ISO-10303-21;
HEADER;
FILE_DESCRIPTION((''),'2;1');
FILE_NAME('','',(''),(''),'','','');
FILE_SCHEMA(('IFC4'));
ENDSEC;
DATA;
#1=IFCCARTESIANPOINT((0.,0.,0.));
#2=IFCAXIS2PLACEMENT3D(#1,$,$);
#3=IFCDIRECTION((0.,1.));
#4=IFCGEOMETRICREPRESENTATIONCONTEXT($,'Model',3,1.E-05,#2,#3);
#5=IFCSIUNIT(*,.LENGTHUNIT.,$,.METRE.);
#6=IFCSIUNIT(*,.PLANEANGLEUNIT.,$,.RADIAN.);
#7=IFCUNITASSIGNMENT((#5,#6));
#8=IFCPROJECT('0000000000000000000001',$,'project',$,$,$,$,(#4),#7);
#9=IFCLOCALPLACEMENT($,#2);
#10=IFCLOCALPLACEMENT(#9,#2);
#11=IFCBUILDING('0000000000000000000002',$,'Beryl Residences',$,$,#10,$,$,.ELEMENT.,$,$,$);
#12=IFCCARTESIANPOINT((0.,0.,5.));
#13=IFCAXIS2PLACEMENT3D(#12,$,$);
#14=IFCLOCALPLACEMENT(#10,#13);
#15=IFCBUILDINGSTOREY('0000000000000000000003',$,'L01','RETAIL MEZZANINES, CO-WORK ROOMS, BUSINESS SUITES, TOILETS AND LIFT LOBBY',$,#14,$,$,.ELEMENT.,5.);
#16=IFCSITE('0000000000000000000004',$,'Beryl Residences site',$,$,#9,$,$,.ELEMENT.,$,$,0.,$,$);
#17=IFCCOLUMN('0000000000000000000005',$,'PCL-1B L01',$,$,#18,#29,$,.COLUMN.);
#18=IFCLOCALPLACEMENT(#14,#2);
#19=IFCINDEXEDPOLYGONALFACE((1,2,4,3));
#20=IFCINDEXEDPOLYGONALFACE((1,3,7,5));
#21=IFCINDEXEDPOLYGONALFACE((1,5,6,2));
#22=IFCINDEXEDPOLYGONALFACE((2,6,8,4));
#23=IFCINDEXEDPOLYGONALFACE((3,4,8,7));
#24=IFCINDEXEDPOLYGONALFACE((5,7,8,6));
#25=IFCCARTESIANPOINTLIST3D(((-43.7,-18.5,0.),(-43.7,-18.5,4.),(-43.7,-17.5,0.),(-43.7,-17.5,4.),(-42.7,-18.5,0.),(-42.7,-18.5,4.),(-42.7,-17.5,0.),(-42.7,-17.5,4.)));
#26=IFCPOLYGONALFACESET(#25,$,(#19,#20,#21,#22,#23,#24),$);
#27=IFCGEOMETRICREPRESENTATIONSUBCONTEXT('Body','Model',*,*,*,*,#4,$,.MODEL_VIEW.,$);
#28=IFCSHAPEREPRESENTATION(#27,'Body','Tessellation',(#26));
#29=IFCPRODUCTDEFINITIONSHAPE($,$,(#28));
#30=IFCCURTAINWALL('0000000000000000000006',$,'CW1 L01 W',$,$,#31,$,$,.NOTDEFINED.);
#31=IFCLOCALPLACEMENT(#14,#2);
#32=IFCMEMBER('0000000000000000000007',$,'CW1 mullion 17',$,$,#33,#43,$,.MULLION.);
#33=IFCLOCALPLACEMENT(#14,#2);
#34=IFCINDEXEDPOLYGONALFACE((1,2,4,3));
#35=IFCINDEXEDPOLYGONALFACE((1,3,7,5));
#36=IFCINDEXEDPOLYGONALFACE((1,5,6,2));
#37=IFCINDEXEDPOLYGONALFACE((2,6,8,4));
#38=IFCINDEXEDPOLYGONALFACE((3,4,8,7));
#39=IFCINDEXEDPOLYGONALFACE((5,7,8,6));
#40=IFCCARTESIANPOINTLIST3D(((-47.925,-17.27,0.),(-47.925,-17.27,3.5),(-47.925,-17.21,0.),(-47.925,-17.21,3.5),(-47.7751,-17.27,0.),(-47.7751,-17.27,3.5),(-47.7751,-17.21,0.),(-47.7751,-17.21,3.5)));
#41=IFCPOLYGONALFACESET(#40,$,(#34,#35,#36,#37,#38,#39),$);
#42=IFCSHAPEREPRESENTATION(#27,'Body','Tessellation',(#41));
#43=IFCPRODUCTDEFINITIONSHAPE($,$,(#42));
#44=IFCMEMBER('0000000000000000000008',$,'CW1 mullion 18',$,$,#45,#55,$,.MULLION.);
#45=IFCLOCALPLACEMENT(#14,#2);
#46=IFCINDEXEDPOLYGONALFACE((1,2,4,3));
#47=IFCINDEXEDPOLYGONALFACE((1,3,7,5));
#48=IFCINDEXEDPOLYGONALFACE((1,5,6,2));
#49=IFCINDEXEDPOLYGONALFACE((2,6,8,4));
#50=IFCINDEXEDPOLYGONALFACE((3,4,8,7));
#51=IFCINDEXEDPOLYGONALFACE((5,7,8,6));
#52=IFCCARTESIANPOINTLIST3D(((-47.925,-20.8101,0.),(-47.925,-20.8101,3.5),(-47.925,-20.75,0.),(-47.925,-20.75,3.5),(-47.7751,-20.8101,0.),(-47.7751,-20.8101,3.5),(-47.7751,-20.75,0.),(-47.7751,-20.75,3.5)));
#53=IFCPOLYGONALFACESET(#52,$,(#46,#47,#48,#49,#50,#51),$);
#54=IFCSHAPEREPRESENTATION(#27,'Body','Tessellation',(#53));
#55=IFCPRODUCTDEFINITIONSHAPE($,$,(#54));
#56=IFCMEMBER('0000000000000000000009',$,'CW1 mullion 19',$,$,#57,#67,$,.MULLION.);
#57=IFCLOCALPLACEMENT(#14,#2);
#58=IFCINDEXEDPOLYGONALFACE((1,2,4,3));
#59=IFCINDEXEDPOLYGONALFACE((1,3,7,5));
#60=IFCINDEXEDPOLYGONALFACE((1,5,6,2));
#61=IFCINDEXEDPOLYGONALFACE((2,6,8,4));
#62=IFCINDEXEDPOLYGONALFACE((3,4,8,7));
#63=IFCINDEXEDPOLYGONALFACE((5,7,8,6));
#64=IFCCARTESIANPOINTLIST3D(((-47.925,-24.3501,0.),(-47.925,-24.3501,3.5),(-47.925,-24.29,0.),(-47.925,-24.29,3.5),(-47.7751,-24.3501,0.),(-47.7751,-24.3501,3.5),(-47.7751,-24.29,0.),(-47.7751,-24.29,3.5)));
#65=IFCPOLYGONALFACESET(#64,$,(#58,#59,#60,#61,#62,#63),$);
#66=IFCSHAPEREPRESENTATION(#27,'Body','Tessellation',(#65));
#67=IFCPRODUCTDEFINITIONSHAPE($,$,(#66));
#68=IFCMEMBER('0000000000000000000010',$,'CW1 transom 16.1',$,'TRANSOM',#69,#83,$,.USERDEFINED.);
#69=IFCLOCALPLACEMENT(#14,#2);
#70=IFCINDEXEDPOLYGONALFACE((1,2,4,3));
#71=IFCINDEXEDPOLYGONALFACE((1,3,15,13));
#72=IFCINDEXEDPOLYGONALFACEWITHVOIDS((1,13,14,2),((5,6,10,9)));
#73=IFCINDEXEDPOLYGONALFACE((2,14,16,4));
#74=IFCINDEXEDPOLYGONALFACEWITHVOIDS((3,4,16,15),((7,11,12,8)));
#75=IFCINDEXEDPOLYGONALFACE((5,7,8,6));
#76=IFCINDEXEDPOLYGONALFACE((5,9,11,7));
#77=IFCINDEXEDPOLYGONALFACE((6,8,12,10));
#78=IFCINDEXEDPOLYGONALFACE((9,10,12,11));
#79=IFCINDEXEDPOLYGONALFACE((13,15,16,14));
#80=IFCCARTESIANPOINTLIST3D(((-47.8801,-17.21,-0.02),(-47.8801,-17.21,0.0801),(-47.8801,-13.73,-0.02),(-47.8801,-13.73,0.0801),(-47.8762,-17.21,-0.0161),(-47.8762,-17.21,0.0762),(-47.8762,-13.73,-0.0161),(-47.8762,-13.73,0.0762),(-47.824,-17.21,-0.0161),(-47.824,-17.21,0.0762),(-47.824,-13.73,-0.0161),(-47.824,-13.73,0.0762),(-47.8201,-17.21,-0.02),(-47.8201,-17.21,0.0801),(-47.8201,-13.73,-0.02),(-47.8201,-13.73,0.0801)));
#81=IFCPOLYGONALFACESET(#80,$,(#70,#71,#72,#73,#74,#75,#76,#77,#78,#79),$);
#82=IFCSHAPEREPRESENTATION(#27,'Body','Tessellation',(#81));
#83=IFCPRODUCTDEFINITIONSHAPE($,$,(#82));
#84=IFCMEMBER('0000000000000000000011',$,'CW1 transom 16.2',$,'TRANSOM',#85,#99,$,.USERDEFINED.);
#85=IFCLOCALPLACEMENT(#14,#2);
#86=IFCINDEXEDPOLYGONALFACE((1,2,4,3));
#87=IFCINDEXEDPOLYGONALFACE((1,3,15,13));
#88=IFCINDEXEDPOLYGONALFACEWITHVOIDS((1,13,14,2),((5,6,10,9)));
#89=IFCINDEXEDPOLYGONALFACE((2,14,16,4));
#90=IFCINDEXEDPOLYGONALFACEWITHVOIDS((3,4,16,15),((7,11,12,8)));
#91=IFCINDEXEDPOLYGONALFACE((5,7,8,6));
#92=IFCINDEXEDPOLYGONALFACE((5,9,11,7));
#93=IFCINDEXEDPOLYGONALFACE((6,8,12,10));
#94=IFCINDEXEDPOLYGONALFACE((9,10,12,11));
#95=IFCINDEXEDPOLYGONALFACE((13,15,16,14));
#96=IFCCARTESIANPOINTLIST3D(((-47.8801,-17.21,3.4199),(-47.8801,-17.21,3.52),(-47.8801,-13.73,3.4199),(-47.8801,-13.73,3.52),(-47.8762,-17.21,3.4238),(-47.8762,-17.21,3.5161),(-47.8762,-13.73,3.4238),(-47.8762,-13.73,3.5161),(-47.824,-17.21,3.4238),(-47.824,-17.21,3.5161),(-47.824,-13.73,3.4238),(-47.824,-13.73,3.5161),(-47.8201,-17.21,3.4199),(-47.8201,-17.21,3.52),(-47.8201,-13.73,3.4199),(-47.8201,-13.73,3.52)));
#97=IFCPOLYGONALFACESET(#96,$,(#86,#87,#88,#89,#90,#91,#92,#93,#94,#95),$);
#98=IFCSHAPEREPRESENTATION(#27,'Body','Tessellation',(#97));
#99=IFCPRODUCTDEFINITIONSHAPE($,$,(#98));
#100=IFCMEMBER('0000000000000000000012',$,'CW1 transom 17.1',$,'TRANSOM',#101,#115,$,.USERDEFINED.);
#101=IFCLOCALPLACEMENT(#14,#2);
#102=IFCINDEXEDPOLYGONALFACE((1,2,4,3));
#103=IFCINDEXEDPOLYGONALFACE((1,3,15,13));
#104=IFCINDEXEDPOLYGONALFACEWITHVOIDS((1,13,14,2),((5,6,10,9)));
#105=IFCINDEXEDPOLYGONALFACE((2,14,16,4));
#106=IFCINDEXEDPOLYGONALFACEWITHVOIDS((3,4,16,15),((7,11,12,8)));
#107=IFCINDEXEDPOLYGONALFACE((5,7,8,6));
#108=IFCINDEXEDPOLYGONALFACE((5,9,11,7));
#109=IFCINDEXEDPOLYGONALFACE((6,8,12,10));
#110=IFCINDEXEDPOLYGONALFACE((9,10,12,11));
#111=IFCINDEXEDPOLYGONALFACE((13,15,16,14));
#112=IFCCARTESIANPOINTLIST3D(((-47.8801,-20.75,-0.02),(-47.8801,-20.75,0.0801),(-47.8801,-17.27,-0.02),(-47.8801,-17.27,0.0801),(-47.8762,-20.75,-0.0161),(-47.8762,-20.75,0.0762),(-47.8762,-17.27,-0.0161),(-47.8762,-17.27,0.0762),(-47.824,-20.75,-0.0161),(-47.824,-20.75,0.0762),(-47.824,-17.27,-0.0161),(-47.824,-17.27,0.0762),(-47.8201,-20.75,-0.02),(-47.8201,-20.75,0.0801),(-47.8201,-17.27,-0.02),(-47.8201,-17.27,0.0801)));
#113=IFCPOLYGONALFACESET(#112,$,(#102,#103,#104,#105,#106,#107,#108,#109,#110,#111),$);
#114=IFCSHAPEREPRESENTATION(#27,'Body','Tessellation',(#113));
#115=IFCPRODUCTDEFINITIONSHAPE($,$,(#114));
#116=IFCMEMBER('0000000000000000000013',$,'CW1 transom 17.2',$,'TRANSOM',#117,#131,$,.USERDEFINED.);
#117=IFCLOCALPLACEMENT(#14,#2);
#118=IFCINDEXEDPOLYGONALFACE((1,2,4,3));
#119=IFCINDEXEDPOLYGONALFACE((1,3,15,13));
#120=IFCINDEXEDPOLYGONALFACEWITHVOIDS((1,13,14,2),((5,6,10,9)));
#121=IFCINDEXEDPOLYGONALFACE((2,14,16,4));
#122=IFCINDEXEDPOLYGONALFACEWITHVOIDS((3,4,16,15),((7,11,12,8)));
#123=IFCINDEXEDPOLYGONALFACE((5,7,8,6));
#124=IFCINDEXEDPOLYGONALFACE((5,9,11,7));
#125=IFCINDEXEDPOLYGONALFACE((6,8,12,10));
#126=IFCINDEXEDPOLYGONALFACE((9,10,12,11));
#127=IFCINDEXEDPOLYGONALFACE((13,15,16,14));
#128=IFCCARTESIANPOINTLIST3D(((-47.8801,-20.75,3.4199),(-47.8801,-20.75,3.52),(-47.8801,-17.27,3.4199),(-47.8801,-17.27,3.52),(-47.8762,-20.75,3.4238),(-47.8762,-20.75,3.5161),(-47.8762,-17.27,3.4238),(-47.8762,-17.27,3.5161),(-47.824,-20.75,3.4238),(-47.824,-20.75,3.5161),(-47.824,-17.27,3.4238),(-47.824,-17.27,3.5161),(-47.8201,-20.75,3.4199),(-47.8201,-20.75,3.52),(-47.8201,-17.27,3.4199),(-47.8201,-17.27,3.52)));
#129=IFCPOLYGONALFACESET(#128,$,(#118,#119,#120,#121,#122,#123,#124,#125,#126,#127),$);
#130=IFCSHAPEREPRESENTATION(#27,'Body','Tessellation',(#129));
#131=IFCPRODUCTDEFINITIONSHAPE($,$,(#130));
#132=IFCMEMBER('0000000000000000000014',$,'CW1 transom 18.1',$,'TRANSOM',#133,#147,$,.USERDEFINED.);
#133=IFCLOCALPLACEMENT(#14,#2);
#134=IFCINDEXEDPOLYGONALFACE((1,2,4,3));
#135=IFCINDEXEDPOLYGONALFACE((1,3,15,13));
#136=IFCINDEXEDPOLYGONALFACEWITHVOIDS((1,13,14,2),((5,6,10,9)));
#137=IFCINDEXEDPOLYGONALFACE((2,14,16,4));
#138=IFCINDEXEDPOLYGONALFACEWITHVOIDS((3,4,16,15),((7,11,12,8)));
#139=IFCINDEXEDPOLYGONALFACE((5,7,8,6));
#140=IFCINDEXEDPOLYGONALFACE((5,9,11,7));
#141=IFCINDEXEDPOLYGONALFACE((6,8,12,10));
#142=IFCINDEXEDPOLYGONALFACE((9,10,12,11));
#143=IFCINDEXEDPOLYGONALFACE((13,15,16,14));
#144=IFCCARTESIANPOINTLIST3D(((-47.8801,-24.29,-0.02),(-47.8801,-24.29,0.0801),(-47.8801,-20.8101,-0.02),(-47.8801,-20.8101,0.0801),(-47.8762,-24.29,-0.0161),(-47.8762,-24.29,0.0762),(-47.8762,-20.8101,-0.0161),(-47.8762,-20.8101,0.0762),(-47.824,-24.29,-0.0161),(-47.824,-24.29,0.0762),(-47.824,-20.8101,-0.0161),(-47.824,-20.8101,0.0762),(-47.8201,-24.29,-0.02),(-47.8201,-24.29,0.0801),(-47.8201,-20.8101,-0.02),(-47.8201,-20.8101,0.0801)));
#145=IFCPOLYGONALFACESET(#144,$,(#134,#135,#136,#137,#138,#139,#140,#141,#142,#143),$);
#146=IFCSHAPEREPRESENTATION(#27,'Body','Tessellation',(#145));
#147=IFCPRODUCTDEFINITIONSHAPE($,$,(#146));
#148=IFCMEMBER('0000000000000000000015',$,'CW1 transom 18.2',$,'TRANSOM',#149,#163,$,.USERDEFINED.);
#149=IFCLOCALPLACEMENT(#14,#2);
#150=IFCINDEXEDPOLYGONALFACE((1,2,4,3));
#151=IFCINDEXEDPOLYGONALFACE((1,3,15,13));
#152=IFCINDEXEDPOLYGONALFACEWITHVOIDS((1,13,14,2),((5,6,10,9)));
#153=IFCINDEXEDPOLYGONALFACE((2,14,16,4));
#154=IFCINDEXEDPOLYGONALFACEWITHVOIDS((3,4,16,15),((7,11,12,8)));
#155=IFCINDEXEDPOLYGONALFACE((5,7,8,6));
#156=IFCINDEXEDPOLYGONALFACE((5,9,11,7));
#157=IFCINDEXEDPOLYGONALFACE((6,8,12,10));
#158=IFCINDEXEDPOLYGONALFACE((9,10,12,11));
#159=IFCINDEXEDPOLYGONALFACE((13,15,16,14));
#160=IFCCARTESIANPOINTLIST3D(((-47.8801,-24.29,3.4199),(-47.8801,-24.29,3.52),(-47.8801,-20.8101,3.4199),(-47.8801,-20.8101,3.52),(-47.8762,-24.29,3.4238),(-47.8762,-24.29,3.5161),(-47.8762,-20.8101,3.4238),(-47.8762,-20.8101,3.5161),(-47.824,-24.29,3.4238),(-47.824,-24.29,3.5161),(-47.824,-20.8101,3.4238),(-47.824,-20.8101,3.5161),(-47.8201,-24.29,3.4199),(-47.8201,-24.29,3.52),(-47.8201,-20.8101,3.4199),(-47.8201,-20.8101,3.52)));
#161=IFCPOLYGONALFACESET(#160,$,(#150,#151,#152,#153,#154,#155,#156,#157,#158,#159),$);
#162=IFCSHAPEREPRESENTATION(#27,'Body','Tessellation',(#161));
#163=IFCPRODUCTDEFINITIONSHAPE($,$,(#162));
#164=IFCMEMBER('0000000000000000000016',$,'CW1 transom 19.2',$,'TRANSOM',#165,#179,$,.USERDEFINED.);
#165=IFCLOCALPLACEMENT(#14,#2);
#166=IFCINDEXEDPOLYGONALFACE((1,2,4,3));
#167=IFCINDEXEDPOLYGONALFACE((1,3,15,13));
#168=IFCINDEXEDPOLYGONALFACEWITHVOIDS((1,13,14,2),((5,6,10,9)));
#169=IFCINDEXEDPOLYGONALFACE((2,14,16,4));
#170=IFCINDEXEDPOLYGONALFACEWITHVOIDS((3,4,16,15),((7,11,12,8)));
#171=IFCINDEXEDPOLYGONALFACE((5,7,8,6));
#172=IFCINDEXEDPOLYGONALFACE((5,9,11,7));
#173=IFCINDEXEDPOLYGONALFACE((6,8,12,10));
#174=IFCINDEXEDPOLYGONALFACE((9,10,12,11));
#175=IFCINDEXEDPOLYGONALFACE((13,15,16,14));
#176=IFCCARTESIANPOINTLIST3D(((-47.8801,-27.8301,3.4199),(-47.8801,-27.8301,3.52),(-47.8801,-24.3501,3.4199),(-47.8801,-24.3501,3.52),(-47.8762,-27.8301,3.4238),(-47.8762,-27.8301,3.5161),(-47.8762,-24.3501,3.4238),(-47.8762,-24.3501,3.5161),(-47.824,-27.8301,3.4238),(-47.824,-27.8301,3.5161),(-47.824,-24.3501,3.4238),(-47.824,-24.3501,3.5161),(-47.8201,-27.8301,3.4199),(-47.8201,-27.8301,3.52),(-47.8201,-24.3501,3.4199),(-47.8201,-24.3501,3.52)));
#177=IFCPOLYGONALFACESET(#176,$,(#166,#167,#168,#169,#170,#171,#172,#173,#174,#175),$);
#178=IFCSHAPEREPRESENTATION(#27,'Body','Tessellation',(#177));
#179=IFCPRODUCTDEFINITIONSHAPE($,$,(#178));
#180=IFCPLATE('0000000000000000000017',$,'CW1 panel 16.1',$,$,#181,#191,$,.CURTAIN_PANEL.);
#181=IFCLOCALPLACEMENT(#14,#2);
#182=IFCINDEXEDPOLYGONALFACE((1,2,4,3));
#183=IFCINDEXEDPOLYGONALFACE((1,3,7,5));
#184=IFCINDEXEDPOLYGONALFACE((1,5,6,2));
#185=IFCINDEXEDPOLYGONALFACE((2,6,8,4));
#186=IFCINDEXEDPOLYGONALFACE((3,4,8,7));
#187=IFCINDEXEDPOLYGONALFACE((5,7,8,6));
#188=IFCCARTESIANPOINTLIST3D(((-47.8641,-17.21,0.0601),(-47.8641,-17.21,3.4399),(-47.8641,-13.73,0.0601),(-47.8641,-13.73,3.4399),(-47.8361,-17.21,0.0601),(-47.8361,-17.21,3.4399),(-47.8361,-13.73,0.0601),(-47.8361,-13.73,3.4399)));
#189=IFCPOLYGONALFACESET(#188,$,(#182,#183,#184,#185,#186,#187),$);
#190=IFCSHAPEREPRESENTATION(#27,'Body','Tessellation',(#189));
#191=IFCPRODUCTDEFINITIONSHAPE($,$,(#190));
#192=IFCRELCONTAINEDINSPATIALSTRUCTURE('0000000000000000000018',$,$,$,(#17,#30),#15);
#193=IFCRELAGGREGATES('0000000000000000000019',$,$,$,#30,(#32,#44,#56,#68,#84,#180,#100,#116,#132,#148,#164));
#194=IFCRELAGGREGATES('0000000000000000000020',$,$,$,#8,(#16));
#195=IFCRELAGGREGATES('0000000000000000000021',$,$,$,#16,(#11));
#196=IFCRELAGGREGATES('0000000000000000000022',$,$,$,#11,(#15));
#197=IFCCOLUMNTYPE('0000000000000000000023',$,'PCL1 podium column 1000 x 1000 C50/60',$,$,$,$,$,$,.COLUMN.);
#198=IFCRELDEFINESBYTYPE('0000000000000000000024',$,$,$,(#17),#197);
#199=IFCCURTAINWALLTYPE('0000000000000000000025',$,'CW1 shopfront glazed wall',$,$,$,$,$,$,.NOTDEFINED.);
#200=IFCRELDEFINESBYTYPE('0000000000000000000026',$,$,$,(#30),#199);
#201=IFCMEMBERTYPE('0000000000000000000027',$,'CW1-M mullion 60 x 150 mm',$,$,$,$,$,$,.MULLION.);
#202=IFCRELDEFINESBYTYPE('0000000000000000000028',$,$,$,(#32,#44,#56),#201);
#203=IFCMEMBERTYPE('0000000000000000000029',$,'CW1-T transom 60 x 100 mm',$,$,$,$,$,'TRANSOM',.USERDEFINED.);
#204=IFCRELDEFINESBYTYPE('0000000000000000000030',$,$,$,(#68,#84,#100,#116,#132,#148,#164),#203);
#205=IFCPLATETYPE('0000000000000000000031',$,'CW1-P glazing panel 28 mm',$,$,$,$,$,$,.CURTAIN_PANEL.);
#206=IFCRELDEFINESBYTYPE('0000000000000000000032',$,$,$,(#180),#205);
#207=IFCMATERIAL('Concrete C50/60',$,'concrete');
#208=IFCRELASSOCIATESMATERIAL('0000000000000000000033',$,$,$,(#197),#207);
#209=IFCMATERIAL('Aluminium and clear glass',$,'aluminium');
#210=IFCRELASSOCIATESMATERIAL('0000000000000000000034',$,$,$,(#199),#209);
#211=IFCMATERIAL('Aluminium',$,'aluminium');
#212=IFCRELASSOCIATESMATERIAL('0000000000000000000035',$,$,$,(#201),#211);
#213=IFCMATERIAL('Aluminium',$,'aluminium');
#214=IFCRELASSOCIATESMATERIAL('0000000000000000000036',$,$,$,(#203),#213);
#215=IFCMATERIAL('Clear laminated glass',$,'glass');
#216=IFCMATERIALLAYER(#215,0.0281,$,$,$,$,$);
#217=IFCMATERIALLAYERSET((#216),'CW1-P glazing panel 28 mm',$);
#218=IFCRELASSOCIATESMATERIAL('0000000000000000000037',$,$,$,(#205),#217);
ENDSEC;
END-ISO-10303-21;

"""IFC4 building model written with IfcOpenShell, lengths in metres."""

from ifc_helpers import new_model, si_unit, direction, frame, origin, origin_2d, place, context, subcontext, project, spatial, rectangle, hollow_rectangle, extrude, material, layer, layer_set, material_profile, profile_set, type_object, element, aggregate, save


model = new_model("IFC4")

# Units and contexts
model_context = context("Model", 3, precision=1e-05, world=origin(), true_north=direction((0.0, 1.0)))
body_context = subcontext(model_context, "Body", "Model", "MODEL_VIEW")
ifc_project = project(units=[si_unit("LENGTHUNIT", "METRE"), si_unit("PLANEANGLEUNIT", "RADIAN")], contexts=[model_context])

# Site, building, storey
site_placement = place(None, origin())
site = spatial("IfcSite", under=ifc_project, at=site_placement, Name="Beryl Residences site", CompositionType="ELEMENT", RefElevation=0.0)
building_placement = place(site_placement, origin())
building = spatial("IfcBuilding", under=site, at=building_placement, Name="Beryl Residences", CompositionType="ELEMENT")
storey_placement = place(building_placement, frame((0.0, 0.0, 5.0)))
storey = spatial("IfcBuildingStorey", under=building, at=storey_placement, Name="L01", Description="RETAIL MEZZANINES, CO-WORK ROOMS, BUSINESS SUITES, TOILETS AND LIFT LOBBY", CompositionType="ELEMENT", Elevation=5.0)

# Column
ifc_material_1 = material(Name="Concrete C50/60", Category="concrete")
ifc_material_profile_1 = material_profile(ifc_material_1, rectangle(XDim=1.0, YDim=1.0, at=origin_2d()))
ifc_profile_set_1 = profile_set([ifc_material_profile_1], Name="Concrete C50/60")
column_type = type_object("IfcColumnType", Name="PCL1 podium column 1000 x 1000 C50/60", PredefinedType="COLUMN", material=ifc_profile_set_1)
column_placement = place(storey_placement, frame((-43.2, -18.0, 0.0), z_axis=(0.0, 0.0, 1.0), x_axis=(1.0, 0.0, 0.0)))
element("IfcColumn", 1, at=column_placement, inside=storey, type_object=column_type, Name="PCL-1B L01", PredefinedType="COLUMN", context=body_context, shape_type="SweptSolid", body=[
    extrude(rectangle(XDim=1.0, YDim=1.0, at=origin_2d()), origin(), (0.0, 0.0, 1.0), 4.0),
])

# Curtain wall, members, plate
ifc_material_2 = material(Name="Aluminium and clear glass", Category="aluminium")
curtain_wall_type = type_object("IfcCurtainWallType", Name="CW1 shopfront glazed wall", PredefinedType="NOTDEFINED", material=ifc_material_2)
curtain_wall_placement = place(storey_placement, origin())
curtain_wall = element("IfcCurtainWall", 2, at=curtain_wall_placement, inside=storey, type_object=curtain_wall_type, Name="CW1 L01 W", PredefinedType="NOTDEFINED")
ifc_material_3 = material(Name="Aluminium", Category="aluminium")
ifc_material_profile_2 = material_profile(ifc_material_3, rectangle(XDim=0.0601, YDim=0.1499, at=origin_2d()))
ifc_profile_set_2 = profile_set([ifc_material_profile_2], Name="Aluminium")
member_type_1 = type_object("IfcMemberType", Name="CW1-M mullion 60 x 150 mm", PredefinedType="MULLION", material=ifc_profile_set_2)
member_1_placement = place(storey_placement, frame((-47.8501, -17.24, 0.0), z_axis=(0.0, 0.0, 1.0), x_axis=(0.0, -1.0, 0.0)))
member_1 = element("IfcMember", 3, at=member_1_placement, type_object=member_type_1, Name="CW1 mullion 17", PredefinedType="MULLION", context=body_context, shape_type="SweptSolid", body=[
    extrude(rectangle(XDim=0.0601, YDim=0.1499, at=origin_2d()), origin(), (0.0, 0.0, 1.0), 3.5),
])
member_2_placement = place(storey_placement, frame((-47.8501, -20.78, 0.0), z_axis=(0.0, 0.0, 1.0), x_axis=(0.0, -1.0, 0.0)))
member_2 = element("IfcMember", 4, at=member_2_placement, type_object=member_type_1, Name="CW1 mullion 18", PredefinedType="MULLION", context=body_context, shape_type="SweptSolid", body=[
    extrude(rectangle(XDim=0.0601, YDim=0.1499, at=origin_2d()), origin(), (0.0, 0.0, 1.0), 3.5),
])
member_3_placement = place(storey_placement, frame((-47.8501, -24.3201, 0.0), z_axis=(0.0, 0.0, 1.0), x_axis=(0.0, -1.0, 0.0)))
member_3 = element("IfcMember", 5, at=member_3_placement, type_object=member_type_1, Name="CW1 mullion 19", PredefinedType="MULLION", context=body_context, shape_type="SweptSolid", body=[
    extrude(rectangle(XDim=0.0601, YDim=0.1499, at=origin_2d()), origin(), (0.0, 0.0, 1.0), 3.5),
])
ifc_material_4 = material(Name="Aluminium", Category="aluminium")
ifc_material_profile_3 = material_profile(ifc_material_4, hollow_rectangle(XDim=0.0601, YDim=0.1001, WallThickness=0.0039, at=origin_2d()))
ifc_profile_set_3 = profile_set([ifc_material_profile_3], Name="Aluminium")
member_type_2 = type_object("IfcMemberType", Name="CW1-T transom 60 x 100 mm", ElementType="TRANSOM", PredefinedType="USERDEFINED", material=ifc_profile_set_3)
member_4_placement = place(storey_placement, frame((-47.8501, -13.73, 0.03), z_axis=(0.0, -1.0, 0.0), x_axis=(1.0, 0.0, 0.0)))
member_4 = element("IfcMember", 6, at=member_4_placement, type_object=member_type_2, Name="CW1 transom 16.1", ObjectType="TRANSOM", PredefinedType="USERDEFINED", context=body_context, shape_type="SweptSolid", body=[
    extrude(hollow_rectangle(XDim=0.0601, YDim=0.1001, WallThickness=0.0039, at=origin_2d()), origin(), (0.0, 0.0, 1.0), 3.48),
])
member_5_placement = place(storey_placement, frame((-47.8501, -13.73, 3.47), z_axis=(0.0, -1.0, 0.0), x_axis=(1.0, 0.0, 0.0)))
member_5 = element("IfcMember", 7, at=member_5_placement, type_object=member_type_2, Name="CW1 transom 16.2", ObjectType="TRANSOM", PredefinedType="USERDEFINED", context=body_context, shape_type="SweptSolid", body=[
    extrude(hollow_rectangle(XDim=0.0601, YDim=0.1001, WallThickness=0.0039, at=origin_2d()), origin(), (0.0, 0.0, 1.0), 3.48),
])
member_6_placement = place(storey_placement, frame((-47.8501, -17.27, 0.03), z_axis=(0.0, -1.0, 0.0), x_axis=(1.0, 0.0, 0.0)))
member_6 = element("IfcMember", 8, at=member_6_placement, type_object=member_type_2, Name="CW1 transom 17.1", ObjectType="TRANSOM", PredefinedType="USERDEFINED", context=body_context, shape_type="SweptSolid", body=[
    extrude(hollow_rectangle(XDim=0.0601, YDim=0.1001, WallThickness=0.0039, at=origin_2d()), origin(), (0.0, 0.0, 1.0), 3.48),
])
member_7_placement = place(storey_placement, frame((-47.8501, -17.27, 3.47), z_axis=(0.0, -1.0, 0.0), x_axis=(1.0, 0.0, 0.0)))
member_7 = element("IfcMember", 9, at=member_7_placement, type_object=member_type_2, Name="CW1 transom 17.2", ObjectType="TRANSOM", PredefinedType="USERDEFINED", context=body_context, shape_type="SweptSolid", body=[
    extrude(hollow_rectangle(XDim=0.0601, YDim=0.1001, WallThickness=0.0039, at=origin_2d()), origin(), (0.0, 0.0, 1.0), 3.48),
])
member_8_placement = place(storey_placement, frame((-47.8501, -20.8101, 0.03), z_axis=(0.0, -1.0, 0.0), x_axis=(1.0, 0.0, 0.0)))
member_8 = element("IfcMember", 10, at=member_8_placement, type_object=member_type_2, Name="CW1 transom 18.1", ObjectType="TRANSOM", PredefinedType="USERDEFINED", context=body_context, shape_type="SweptSolid", body=[
    extrude(hollow_rectangle(XDim=0.0601, YDim=0.1001, WallThickness=0.0039, at=origin_2d()), origin(), (0.0, 0.0, 1.0), 3.48),
])
member_9_placement = place(storey_placement, frame((-47.8501, -20.8101, 3.47), z_axis=(0.0, -1.0, 0.0), x_axis=(1.0, 0.0, 0.0)))
member_9 = element("IfcMember", 11, at=member_9_placement, type_object=member_type_2, Name="CW1 transom 18.2", ObjectType="TRANSOM", PredefinedType="USERDEFINED", context=body_context, shape_type="SweptSolid", body=[
    extrude(hollow_rectangle(XDim=0.0601, YDim=0.1001, WallThickness=0.0039, at=origin_2d()), origin(), (0.0, 0.0, 1.0), 3.48),
])
member_10_placement = place(storey_placement, frame((-47.8501, -24.3501, 3.47), z_axis=(0.0, -1.0, 0.0), x_axis=(1.0, 0.0, 0.0)))
member_10 = element("IfcMember", 12, at=member_10_placement, type_object=member_type_2, Name="CW1 transom 19.2", ObjectType="TRANSOM", PredefinedType="USERDEFINED", context=body_context, shape_type="SweptSolid", body=[
    extrude(hollow_rectangle(XDim=0.0601, YDim=0.1001, WallThickness=0.0039, at=origin_2d()), origin(), (0.0, 0.0, 1.0), 3.48),
])
ifc_material_5 = material(Name="Clear laminated glass", Category="glass")
ifc_layer_1 = layer(ifc_material_5, 0.0281)
ifc_layer_set_1 = layer_set([ifc_layer_1], Name="CW1-P glazing panel 28 mm")
plate_type = type_object("IfcPlateType", Name="CW1-P glazing panel 28 mm", PredefinedType="CURTAIN_PANEL", material=ifc_layer_set_1)
plate_1_placement = place(storey_placement, frame((-47.8501, -15.47, 0.0601), z_axis=(0.0, 0.0, 1.0), x_axis=(0.0, -1.0, 0.0)))
plate_1 = element("IfcPlate", 13, at=plate_1_placement, type_object=plate_type, Name="CW1 panel 16.1", PredefinedType="CURTAIN_PANEL", context=body_context, shape_type="SweptSolid", body=[
    extrude(rectangle(XDim=3.48, YDim=0.0281, at=origin_2d()), origin(), (0.0, 0.0, 1.0), 3.3799),
])
aggregate(curtain_wall, [member_1, member_2, member_3, member_4, member_5, plate_1, member_6, member_7, member_8, member_9, member_10])

save(model, "model.ifc")
